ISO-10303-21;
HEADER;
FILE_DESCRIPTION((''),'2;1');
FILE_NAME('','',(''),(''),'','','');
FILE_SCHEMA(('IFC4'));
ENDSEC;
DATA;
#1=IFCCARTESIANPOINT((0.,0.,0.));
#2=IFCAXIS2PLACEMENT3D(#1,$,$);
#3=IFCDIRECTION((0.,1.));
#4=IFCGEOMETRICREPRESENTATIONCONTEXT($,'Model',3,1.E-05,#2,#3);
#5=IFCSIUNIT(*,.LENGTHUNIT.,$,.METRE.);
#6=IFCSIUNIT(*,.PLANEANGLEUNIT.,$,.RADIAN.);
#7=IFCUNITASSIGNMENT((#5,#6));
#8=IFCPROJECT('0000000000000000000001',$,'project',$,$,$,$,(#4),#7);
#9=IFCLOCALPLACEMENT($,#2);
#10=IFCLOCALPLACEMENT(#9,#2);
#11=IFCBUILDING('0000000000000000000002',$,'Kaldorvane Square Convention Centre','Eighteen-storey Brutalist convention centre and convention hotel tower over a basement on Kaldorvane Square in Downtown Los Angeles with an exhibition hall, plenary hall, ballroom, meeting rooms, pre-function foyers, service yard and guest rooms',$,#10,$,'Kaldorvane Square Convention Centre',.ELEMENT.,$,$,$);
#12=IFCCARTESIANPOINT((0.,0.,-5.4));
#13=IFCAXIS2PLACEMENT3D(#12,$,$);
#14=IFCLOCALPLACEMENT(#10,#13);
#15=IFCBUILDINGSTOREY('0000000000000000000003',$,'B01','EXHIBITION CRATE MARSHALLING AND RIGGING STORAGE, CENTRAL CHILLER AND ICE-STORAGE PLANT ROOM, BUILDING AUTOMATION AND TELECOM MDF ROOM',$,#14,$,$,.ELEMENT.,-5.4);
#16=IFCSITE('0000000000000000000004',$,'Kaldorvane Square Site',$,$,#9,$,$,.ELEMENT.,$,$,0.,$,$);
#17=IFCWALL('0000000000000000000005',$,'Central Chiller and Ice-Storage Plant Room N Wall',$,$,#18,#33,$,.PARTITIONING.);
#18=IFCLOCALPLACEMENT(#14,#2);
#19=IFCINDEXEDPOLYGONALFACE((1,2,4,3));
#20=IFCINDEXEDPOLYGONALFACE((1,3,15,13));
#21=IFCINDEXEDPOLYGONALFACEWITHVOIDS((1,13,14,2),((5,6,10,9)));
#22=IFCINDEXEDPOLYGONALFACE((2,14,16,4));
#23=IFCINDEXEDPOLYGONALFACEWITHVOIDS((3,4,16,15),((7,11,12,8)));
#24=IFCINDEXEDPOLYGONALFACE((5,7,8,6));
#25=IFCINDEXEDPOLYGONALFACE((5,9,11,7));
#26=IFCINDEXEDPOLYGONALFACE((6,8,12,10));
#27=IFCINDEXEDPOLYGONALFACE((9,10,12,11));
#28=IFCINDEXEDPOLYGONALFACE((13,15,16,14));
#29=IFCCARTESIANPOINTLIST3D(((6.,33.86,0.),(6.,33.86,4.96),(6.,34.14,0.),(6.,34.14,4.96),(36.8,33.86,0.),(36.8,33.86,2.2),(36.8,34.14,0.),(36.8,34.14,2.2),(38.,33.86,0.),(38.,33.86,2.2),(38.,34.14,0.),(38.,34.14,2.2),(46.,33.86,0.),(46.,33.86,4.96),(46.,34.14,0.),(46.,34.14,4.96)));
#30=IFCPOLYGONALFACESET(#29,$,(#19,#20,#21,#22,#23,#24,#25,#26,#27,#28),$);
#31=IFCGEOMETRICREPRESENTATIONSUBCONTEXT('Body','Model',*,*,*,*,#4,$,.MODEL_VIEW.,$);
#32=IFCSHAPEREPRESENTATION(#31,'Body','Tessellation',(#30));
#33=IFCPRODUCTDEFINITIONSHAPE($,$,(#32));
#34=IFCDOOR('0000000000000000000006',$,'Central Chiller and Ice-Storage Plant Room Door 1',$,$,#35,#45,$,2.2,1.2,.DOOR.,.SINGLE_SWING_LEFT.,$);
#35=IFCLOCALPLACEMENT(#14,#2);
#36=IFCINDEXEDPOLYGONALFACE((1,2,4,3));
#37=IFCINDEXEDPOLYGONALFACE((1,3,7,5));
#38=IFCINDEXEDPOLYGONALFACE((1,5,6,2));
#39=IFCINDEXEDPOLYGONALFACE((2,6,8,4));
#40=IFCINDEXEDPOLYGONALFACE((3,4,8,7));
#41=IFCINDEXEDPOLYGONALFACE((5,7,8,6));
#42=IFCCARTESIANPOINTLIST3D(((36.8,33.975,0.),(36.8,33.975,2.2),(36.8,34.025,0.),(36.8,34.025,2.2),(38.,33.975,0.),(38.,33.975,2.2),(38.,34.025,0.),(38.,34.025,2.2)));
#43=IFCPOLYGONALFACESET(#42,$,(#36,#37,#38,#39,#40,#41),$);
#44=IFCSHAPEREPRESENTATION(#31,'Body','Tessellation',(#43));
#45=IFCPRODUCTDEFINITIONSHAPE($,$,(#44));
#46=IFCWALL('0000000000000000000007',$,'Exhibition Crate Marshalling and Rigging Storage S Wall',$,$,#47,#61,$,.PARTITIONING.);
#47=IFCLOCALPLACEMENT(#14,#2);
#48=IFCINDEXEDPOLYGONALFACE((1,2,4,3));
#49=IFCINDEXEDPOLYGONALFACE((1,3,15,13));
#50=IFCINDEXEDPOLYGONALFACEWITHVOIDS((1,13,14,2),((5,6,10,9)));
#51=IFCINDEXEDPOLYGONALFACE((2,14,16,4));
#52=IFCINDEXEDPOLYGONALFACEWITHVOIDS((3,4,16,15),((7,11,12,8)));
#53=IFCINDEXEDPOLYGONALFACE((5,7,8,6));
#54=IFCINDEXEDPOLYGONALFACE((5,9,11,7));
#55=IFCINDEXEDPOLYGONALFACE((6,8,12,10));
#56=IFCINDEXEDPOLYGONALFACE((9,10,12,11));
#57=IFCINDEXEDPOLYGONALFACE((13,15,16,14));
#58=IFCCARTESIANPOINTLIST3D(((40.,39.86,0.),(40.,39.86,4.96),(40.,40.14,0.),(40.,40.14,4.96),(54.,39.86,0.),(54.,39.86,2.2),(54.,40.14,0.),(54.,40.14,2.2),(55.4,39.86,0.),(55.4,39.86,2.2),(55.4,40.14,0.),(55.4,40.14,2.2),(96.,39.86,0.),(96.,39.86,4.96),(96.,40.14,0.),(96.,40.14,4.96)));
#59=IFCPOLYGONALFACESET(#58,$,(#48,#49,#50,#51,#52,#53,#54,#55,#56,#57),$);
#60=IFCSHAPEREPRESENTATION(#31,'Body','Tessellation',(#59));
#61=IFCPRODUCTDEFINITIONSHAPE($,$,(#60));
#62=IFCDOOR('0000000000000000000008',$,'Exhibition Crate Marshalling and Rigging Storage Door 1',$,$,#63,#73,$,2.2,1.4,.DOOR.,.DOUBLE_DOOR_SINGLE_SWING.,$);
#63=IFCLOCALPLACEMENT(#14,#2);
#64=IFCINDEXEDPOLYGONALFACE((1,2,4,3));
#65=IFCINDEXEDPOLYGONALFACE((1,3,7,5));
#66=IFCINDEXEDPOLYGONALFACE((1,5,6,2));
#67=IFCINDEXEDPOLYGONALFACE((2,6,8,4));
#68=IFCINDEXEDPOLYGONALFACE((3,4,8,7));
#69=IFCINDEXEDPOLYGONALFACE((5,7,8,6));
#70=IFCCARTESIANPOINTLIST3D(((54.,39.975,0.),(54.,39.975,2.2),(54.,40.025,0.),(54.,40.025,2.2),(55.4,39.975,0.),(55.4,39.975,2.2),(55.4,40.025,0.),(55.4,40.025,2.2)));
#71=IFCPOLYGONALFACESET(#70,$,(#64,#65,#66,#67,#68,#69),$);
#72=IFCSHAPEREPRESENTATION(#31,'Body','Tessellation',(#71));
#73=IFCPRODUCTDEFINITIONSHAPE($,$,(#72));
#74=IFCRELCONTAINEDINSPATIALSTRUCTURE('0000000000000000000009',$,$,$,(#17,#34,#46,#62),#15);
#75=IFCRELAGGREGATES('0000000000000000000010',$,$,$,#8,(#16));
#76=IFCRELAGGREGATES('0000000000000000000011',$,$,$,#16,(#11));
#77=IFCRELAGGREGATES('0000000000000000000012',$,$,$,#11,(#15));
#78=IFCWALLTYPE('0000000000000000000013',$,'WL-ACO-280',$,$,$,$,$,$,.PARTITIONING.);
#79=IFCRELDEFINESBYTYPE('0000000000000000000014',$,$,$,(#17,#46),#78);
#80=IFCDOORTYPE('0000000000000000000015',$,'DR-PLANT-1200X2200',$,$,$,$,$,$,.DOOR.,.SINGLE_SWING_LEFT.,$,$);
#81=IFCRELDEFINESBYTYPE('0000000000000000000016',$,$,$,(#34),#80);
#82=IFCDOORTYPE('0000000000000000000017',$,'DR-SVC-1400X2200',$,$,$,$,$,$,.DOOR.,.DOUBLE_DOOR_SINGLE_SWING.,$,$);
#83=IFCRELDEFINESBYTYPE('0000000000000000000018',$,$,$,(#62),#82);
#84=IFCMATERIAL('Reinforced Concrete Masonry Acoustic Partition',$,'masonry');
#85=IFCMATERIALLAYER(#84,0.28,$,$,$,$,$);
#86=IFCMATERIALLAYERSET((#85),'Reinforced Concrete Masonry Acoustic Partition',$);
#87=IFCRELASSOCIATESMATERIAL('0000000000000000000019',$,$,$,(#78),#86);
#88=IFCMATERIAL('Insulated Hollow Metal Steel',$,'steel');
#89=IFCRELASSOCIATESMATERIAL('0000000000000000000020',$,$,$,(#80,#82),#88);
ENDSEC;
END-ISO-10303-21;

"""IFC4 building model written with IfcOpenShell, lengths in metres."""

from ifc_helpers import new_model, si_unit, direction, frame, frame_2d, origin, place, context, subcontext, project, spatial, rectangle, extrude, material, layer, layer_set, type_object, element, fill, save


model = new_model("IFC4")

# Units and contexts
model_context = context("Model", 3, precision=1e-05, world=origin(), true_north=direction((0.0, 1.0)))
body_context = subcontext(model_context, "Body", "Model", "MODEL_VIEW")
ifc_project = project(units=[si_unit("LENGTHUNIT", "METRE"), si_unit("PLANEANGLEUNIT", "RADIAN")], contexts=[model_context])

# Site, building, storey
site_placement = place(None, origin())
site = spatial("IfcSite", under=ifc_project, at=site_placement, Name="Kaldorvane Square Site", CompositionType="ELEMENT", RefElevation=0.0)
building_placement = place(site_placement, origin())
building = spatial("IfcBuilding", under=site, at=building_placement, Name="Kaldorvane Square Convention Centre", Description="Eighteen-storey Brutalist convention centre and convention hotel tower over a basement on Kaldorvane Square in Downtown Los Angeles with an exhibition hall, plenary hall, ballroom, meeting rooms, pre-function foyers, service yard and guest rooms", LongName="Kaldorvane Square Convention Centre", CompositionType="ELEMENT")
storey_placement = place(building_placement, frame((0.0, 0.0, -5.4)))
storey = spatial("IfcBuildingStorey", under=building, at=storey_placement, Name="B01", Description="EXHIBITION CRATE MARSHALLING AND RIGGING STORAGE, CENTRAL CHILLER AND ICE-STORAGE PLANT ROOM, BUILDING AUTOMATION AND TELECOM MDF ROOM", CompositionType="ELEMENT", Elevation=-5.4)

# Walls, openings, doors
ifc_material_1 = material(Name="Reinforced Concrete Masonry Acoustic Partition", Category="masonry")
ifc_layer = layer(ifc_material_1, 0.28)
ifc_layer_set = layer_set([ifc_layer], Name="Reinforced Concrete Masonry Acoustic Partition")
wall_type = type_object("IfcWallType", Name="WL-ACO-280", PredefinedType="PARTITIONING", material=ifc_layer_set)
wall_1_placement = place(storey_placement, frame((46.0, 34.0, 0.0), z_axis=(0.0, 0.0, 1.0), x_axis=(-1.0, 0.0, 0.0)))
wall_1 = element("IfcWall", 1, at=wall_1_placement, inside=storey, type_object=wall_type, Name="Central Chiller and Ice-Storage Plant Room N Wall", PredefinedType="PARTITIONING", context=body_context, shape_type="SweptSolid", body=[
    extrude(rectangle(XDim=40.0, YDim=0.28, at=frame_2d((20.0, 0.0))), origin(), (0.0, 0.0, 1.0), 4.96),
])
opening_1_placement = place(wall_1_placement, frame((8.0, 0.0, 0.0)))
opening_1 = element("IfcOpeningElement", 2, at=opening_1_placement, cuts=wall_1, PredefinedType="OPENING", context=body_context, shape_type="SweptSolid", body=[
    extrude(rectangle(XDim=1.2, YDim=2.2, at=frame_2d((0.6, 1.1))), frame((0.0, 0.155, 0.0), z_axis=(0.0, -1.0, 0.0), x_axis=(1.0, 0.0, 0.0)), (0.0, 0.0, 1.0), 0.31),
])
ifc_material_2 = material(Name="Insulated Hollow Metal Steel", Category="steel")
door_type_1 = type_object("IfcDoorType", Name="DR-PLANT-1200X2200", OperationType="SINGLE_SWING_LEFT", PredefinedType="DOOR", material=ifc_material_2)
door_1_placement = place(opening_1_placement, origin())
door_1 = element("IfcDoor", 3, at=door_1_placement, inside=storey, type_object=door_type_1, Name="Central Chiller and Ice-Storage Plant Room Door 1", OperationType="SINGLE_SWING_LEFT", OverallHeight=2.2, OverallWidth=1.2, PredefinedType="DOOR", context=body_context, shape_type="SweptSolid", body=[
    extrude(rectangle(XDim=1.2, YDim=2.2, at=frame_2d((0.6, 1.1))), frame((0.0, 0.025, 0.0), z_axis=(0.0, -1.0, 0.0), x_axis=(1.0, 0.0, 0.0)), (0.0, 0.0, 1.0), 0.05),
])
fill(opening_1, door_1)
wall_2_placement = place(storey_placement, frame((40.0, 40.0, 0.0), z_axis=(0.0, 0.0, 1.0), x_axis=(1.0, 0.0, 0.0)))
wall_2 = element("IfcWall", 4, at=wall_2_placement, inside=storey, type_object=wall_type, Name="Exhibition Crate Marshalling and Rigging Storage S Wall", PredefinedType="PARTITIONING", context=body_context, shape_type="SweptSolid", body=[
    extrude(rectangle(XDim=56.0, YDim=0.28, at=frame_2d((28.0, 0.0))), origin(), (0.0, 0.0, 1.0), 4.96),
])
opening_2_placement = place(wall_2_placement, frame((14.0, 0.0, 0.0)))
opening_2 = element("IfcOpeningElement", 5, at=opening_2_placement, cuts=wall_2, PredefinedType="OPENING", context=body_context, shape_type="SweptSolid", body=[
    extrude(rectangle(XDim=1.4, YDim=2.2, at=frame_2d((0.7, 1.1))), frame((0.0, 0.155, 0.0), z_axis=(0.0, -1.0, 0.0), x_axis=(1.0, 0.0, 0.0)), (0.0, 0.0, 1.0), 0.31),
])
door_type_2 = type_object("IfcDoorType", Name="DR-SVC-1400X2200", OperationType="DOUBLE_DOOR_SINGLE_SWING", PredefinedType="DOOR", material=ifc_material_2)
door_2_placement = place(opening_2_placement, origin())
door_2 = element("IfcDoor", 6, at=door_2_placement, inside=storey, type_object=door_type_2, Name="Exhibition Crate Marshalling and Rigging Storage Door 1", OperationType="DOUBLE_DOOR_SINGLE_SWING", OverallHeight=2.2, OverallWidth=1.4, PredefinedType="DOOR", context=body_context, shape_type="SweptSolid", body=[
    extrude(rectangle(XDim=1.4, YDim=2.2, at=frame_2d((0.7, 1.1))), frame((0.0, 0.025, 0.0), z_axis=(0.0, -1.0, 0.0), x_axis=(1.0, 0.0, 0.0)), (0.0, 0.0, 1.0), 0.05),
])
fill(opening_2, door_2)

save(model, "model.ifc")
